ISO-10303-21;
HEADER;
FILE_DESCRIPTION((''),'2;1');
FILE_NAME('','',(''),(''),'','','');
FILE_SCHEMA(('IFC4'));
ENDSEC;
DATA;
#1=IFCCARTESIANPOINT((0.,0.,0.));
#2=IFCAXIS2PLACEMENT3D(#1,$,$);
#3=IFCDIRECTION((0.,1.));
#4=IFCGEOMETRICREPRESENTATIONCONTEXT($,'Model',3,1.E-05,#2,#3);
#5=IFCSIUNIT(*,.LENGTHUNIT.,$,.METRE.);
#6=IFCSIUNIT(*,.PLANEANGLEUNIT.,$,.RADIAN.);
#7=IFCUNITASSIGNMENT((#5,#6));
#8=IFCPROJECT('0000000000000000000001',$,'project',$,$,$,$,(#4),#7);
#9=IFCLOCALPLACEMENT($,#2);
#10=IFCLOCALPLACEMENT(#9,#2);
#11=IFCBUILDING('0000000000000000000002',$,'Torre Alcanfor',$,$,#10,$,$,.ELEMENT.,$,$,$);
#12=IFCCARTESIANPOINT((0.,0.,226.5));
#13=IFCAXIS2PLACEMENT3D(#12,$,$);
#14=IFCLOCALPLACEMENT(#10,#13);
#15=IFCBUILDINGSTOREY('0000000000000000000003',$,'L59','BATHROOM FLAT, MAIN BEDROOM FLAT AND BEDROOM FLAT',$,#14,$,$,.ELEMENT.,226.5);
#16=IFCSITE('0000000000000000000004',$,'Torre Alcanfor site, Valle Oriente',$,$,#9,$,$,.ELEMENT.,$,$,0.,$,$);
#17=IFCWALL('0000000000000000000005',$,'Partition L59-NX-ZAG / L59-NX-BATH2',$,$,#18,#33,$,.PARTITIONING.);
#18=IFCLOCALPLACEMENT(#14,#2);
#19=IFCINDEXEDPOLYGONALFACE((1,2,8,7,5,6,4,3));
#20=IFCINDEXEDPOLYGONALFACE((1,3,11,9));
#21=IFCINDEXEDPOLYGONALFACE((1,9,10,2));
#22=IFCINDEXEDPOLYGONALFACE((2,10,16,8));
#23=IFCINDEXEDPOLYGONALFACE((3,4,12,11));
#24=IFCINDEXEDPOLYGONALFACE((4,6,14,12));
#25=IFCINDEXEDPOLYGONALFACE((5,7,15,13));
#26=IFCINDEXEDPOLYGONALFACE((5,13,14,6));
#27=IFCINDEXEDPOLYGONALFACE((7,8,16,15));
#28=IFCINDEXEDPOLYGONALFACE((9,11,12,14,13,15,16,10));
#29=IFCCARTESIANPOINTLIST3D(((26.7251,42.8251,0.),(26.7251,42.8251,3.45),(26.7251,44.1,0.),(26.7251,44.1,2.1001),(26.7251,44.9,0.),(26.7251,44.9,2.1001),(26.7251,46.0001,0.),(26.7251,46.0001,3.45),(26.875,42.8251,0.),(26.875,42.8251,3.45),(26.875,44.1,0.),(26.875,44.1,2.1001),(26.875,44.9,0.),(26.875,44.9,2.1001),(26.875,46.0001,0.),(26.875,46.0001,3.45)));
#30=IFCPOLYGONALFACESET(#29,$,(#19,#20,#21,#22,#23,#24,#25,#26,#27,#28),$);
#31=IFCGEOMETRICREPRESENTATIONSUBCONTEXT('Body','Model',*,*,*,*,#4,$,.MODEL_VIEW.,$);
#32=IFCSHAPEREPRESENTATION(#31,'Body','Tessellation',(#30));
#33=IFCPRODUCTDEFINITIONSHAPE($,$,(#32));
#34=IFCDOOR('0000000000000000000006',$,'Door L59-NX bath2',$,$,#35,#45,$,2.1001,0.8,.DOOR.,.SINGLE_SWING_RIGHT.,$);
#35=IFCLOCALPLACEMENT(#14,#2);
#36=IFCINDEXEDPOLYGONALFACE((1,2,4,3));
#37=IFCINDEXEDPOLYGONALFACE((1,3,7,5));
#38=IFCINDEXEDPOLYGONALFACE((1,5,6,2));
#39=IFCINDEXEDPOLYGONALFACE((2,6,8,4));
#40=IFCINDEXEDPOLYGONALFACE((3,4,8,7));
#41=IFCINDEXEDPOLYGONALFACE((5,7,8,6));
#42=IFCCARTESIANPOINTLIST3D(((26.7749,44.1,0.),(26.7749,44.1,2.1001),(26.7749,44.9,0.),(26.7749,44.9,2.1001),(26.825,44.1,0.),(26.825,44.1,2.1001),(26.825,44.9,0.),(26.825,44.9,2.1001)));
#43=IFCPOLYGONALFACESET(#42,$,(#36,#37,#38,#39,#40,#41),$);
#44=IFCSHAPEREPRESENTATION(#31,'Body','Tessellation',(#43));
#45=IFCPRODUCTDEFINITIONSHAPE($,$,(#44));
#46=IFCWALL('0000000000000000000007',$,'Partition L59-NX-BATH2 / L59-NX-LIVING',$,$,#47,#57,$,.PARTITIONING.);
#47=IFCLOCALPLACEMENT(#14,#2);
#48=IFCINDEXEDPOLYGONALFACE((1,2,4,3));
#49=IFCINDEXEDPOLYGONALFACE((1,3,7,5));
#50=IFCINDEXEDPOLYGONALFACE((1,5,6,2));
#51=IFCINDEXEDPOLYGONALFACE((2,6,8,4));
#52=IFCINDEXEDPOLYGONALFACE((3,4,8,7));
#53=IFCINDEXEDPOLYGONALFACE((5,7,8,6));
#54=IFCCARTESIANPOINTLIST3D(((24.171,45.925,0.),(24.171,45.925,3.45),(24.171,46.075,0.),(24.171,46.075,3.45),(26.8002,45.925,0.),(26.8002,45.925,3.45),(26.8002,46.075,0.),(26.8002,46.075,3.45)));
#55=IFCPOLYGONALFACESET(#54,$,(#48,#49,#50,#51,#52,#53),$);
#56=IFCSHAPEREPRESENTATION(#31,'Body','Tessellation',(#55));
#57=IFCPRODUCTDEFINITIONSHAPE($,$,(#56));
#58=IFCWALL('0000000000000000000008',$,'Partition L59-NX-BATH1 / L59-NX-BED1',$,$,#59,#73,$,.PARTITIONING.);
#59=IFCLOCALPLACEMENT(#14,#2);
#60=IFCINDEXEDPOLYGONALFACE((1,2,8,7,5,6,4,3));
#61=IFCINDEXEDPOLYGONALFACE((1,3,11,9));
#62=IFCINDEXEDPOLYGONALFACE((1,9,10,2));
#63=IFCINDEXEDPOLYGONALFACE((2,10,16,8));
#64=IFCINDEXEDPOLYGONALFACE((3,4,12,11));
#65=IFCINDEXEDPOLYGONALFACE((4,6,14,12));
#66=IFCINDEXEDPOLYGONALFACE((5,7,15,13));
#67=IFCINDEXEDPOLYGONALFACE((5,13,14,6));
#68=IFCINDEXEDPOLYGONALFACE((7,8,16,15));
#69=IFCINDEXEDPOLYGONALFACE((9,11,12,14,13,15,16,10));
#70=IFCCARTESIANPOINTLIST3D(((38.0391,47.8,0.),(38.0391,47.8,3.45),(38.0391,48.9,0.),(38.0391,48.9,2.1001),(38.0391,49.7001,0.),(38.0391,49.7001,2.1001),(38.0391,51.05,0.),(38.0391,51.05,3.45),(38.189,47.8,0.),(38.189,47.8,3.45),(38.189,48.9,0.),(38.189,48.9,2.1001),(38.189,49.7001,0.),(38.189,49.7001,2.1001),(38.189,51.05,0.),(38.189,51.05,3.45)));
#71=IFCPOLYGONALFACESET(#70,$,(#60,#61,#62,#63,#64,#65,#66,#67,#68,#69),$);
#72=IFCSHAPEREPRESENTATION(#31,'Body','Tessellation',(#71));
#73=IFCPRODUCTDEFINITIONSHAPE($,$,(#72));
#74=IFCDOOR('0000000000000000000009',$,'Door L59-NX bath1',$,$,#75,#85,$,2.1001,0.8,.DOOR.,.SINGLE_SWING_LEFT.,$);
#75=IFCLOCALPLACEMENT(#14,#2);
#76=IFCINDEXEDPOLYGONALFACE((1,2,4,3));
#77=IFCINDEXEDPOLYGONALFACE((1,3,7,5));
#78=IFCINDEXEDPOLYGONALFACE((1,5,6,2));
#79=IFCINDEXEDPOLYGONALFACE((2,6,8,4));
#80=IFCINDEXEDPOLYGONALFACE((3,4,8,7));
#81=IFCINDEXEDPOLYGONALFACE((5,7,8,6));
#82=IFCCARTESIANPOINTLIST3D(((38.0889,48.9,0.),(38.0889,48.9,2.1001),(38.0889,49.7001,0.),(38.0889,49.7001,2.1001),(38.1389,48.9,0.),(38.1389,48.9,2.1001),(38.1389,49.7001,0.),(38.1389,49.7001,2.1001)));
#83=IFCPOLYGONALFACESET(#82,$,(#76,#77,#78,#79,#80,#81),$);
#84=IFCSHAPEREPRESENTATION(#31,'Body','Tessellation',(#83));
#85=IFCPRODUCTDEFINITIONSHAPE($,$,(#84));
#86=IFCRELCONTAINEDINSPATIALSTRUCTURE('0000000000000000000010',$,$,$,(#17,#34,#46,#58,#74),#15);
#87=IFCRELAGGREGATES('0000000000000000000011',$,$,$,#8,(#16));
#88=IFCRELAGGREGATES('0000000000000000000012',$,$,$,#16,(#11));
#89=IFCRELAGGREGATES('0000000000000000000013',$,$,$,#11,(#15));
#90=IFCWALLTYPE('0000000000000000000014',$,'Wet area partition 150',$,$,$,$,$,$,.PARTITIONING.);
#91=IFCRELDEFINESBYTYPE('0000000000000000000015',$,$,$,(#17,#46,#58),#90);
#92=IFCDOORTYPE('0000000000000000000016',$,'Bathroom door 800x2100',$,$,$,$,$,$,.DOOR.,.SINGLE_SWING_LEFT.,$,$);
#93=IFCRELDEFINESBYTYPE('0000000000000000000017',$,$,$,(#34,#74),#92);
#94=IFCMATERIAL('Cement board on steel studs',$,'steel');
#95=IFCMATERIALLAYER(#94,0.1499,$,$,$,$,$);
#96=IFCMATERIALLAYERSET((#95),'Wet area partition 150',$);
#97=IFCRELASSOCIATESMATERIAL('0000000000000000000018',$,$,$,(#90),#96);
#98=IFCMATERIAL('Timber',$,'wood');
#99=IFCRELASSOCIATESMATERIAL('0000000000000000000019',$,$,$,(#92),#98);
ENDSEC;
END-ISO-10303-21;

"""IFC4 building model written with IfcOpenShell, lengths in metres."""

from ifc_helpers import new_model, si_unit, direction, frame, frame_2d, origin, place, context, subcontext, project, spatial, rectangle, extrude, material, layer, layer_set, type_object, element, fill, save


model = new_model("IFC4")

# Units and contexts
model_context = context("Model", 3, precision=1e-05, world=origin(), true_north=direction((0.0, 1.0)))
body_context = subcontext(model_context, "Body", "Model", "MODEL_VIEW")
ifc_project = project(units=[si_unit("LENGTHUNIT", "METRE"), si_unit("PLANEANGLEUNIT", "RADIAN")], contexts=[model_context])

# Site, building, storey
site_placement = place(None, origin())
site = spatial("IfcSite", under=ifc_project, at=site_placement, Name="Torre Alcanfor site, Valle Oriente", CompositionType="ELEMENT", RefElevation=0.0)
building_placement = place(site_placement, origin())
building = spatial("IfcBuilding", under=site, at=building_placement, Name="Torre Alcanfor", CompositionType="ELEMENT")
storey_placement = place(building_placement, frame((0.0, 0.0, 226.5)))
storey = spatial("IfcBuildingStorey", under=building, at=storey_placement, Name="L59", Description="BATHROOM FLAT, MAIN BEDROOM FLAT AND BEDROOM FLAT", CompositionType="ELEMENT", Elevation=226.5)

# Wall, opening, door
ifc_material_1 = material(Name="Cement board on steel studs", Category="steel")
ifc_layer_1 = layer(ifc_material_1, 0.1499)
ifc_layer_set_1 = layer_set([ifc_layer_1], Name="Wet area partition 150")
wall_type_1 = type_object("IfcWallType", Name="Wet area partition 150", PredefinedType="PARTITIONING", material=ifc_layer_set_1)
wall_1_placement = place(storey_placement, frame((26.8, 46.0, 0.0), z_axis=(0.0, 0.0, 1.0), x_axis=(0.0, -1.0, 0.0)))
wall_1 = element("IfcWall", 1, at=wall_1_placement, inside=storey, type_object=wall_type_1, Name="Partition L59-NX-ZAG / L59-NX-BATH2", PredefinedType="PARTITIONING", context=body_context, shape_type="SweptSolid", body=[
    extrude(rectangle(XDim=3.175, YDim=0.1499, at=frame_2d((1.5874, 0.0))), origin(), (0.0, 0.0, 1.0), 3.45),
])
opening_1_placement = place(wall_1_placement, frame((1.1001, 0.0, 0.0)))
opening_1 = element("IfcOpeningElement", 2, at=opening_1_placement, cuts=wall_1, PredefinedType="OPENING", context=body_context, shape_type="SweptSolid", body=[
    extrude(rectangle(XDim=0.8, YDim=2.1001, at=frame_2d((0.3999, 1.05))), frame((0.0, 0.085, 0.0), z_axis=(0.0, -1.0, 0.0), x_axis=(1.0, 0.0, 0.0)), (0.0, 0.0, 1.0), 0.1699),
])
ifc_material_2 = material(Name="Timber", Category="wood")
door_type_1 = type_object("IfcDoorType", Name="Bathroom door 800x2100", OperationType="SINGLE_SWING_LEFT", PredefinedType="DOOR", material=ifc_material_2)
door_1_placement = place(opening_1_placement, frame((0.8, 0.0, 0.0), z_axis=(0.0, 0.0, 1.0), x_axis=(-1.0, 0.0, 0.0)))
door_1 = element("IfcDoor", 3, at=door_1_placement, inside=storey, type_object=door_type_1, Name="Door L59-NX bath2", OperationType="SINGLE_SWING_RIGHT", OverallHeight=2.1001, OverallWidth=0.8, PredefinedType="DOOR", context=body_context, shape_type="SweptSolid", body=[
    extrude(rectangle(XDim=0.8, YDim=2.1001, at=frame_2d((0.4001, 1.05))), frame((0.0, 0.0251, 0.0), z_axis=(0.0, -1.0, 0.0), x_axis=(1.0, 0.0, 0.0)), (0.0, 0.0, 1.0), 0.05),
])
fill(opening_1, door_1)

# Wall
wall_2_placement = place(storey_placement, frame((26.8, 46.0, 0.0), z_axis=(0.0, 0.0, 1.0), x_axis=(-1.0, 0.0, 0.0)))
element("IfcWall", 4, at=wall_2_placement, inside=storey, type_object=wall_type_1, Name="Partition L59-NX-BATH2 / L59-NX-LIVING", PredefinedType="PARTITIONING", context=body_context, shape_type="SweptSolid", body=[
    extrude(rectangle(XDim=2.6292, YDim=0.1499, at=frame_2d((1.3145, 0.0))), origin(), (0.0, 0.0, 1.0), 3.45),
])

# Wall, opening, door
wall_3_placement = place(storey_placement, frame((38.114, 51.05, 0.0), z_axis=(0.0, 0.0, 1.0), x_axis=(0.0, -1.0, 0.0)))
wall_3 = element("IfcWall", 5, at=wall_3_placement, inside=storey, type_object=wall_type_1, Name="Partition L59-NX-BATH1 / L59-NX-BED1", PredefinedType="PARTITIONING", context=body_context, shape_type="SweptSolid", body=[
    extrude(rectangle(XDim=3.25, YDim=0.1499, at=frame_2d((1.625, 0.0))), origin(), (0.0, 0.0, 1.0), 3.45),
])
opening_2_placement = place(wall_3_placement, frame((1.3501, 0.0, 0.0)))
opening_2 = element("IfcOpeningElement", 6, at=opening_2_placement, cuts=wall_3, PredefinedType="OPENING", context=body_context, shape_type="SweptSolid", body=[
    extrude(rectangle(XDim=0.8, YDim=2.1001, at=frame_2d((0.3999, 1.05))), frame((0.0, 0.085, 0.0), z_axis=(0.0, -1.0, 0.0), x_axis=(1.0, 0.0, 0.0)), (0.0, 0.0, 1.0), 0.1699),
])
door_2_placement = place(opening_2_placement, frame((0.8, 0.0, 0.0), z_axis=(0.0, 0.0, 1.0), x_axis=(-1.0, 0.0, 0.0)))
door_2 = element("IfcDoor", 7, at=door_2_placement, inside=storey, type_object=door_type_1, Name="Door L59-NX bath1", OperationType="SINGLE_SWING_LEFT", OverallHeight=2.1001, OverallWidth=0.8, PredefinedType="DOOR", context=body_context, shape_type="SweptSolid", body=[
    extrude(rectangle(XDim=0.8, YDim=2.1001, at=frame_2d((0.4001, 1.05))), frame((0.0, 0.0251, 0.0), z_axis=(0.0, -1.0, 0.0), x_axis=(1.0, 0.0, 0.0)), (0.0, 0.0, 1.0), 0.05),
])
fill(opening_2, door_2)

save(model, "model.ifc")
